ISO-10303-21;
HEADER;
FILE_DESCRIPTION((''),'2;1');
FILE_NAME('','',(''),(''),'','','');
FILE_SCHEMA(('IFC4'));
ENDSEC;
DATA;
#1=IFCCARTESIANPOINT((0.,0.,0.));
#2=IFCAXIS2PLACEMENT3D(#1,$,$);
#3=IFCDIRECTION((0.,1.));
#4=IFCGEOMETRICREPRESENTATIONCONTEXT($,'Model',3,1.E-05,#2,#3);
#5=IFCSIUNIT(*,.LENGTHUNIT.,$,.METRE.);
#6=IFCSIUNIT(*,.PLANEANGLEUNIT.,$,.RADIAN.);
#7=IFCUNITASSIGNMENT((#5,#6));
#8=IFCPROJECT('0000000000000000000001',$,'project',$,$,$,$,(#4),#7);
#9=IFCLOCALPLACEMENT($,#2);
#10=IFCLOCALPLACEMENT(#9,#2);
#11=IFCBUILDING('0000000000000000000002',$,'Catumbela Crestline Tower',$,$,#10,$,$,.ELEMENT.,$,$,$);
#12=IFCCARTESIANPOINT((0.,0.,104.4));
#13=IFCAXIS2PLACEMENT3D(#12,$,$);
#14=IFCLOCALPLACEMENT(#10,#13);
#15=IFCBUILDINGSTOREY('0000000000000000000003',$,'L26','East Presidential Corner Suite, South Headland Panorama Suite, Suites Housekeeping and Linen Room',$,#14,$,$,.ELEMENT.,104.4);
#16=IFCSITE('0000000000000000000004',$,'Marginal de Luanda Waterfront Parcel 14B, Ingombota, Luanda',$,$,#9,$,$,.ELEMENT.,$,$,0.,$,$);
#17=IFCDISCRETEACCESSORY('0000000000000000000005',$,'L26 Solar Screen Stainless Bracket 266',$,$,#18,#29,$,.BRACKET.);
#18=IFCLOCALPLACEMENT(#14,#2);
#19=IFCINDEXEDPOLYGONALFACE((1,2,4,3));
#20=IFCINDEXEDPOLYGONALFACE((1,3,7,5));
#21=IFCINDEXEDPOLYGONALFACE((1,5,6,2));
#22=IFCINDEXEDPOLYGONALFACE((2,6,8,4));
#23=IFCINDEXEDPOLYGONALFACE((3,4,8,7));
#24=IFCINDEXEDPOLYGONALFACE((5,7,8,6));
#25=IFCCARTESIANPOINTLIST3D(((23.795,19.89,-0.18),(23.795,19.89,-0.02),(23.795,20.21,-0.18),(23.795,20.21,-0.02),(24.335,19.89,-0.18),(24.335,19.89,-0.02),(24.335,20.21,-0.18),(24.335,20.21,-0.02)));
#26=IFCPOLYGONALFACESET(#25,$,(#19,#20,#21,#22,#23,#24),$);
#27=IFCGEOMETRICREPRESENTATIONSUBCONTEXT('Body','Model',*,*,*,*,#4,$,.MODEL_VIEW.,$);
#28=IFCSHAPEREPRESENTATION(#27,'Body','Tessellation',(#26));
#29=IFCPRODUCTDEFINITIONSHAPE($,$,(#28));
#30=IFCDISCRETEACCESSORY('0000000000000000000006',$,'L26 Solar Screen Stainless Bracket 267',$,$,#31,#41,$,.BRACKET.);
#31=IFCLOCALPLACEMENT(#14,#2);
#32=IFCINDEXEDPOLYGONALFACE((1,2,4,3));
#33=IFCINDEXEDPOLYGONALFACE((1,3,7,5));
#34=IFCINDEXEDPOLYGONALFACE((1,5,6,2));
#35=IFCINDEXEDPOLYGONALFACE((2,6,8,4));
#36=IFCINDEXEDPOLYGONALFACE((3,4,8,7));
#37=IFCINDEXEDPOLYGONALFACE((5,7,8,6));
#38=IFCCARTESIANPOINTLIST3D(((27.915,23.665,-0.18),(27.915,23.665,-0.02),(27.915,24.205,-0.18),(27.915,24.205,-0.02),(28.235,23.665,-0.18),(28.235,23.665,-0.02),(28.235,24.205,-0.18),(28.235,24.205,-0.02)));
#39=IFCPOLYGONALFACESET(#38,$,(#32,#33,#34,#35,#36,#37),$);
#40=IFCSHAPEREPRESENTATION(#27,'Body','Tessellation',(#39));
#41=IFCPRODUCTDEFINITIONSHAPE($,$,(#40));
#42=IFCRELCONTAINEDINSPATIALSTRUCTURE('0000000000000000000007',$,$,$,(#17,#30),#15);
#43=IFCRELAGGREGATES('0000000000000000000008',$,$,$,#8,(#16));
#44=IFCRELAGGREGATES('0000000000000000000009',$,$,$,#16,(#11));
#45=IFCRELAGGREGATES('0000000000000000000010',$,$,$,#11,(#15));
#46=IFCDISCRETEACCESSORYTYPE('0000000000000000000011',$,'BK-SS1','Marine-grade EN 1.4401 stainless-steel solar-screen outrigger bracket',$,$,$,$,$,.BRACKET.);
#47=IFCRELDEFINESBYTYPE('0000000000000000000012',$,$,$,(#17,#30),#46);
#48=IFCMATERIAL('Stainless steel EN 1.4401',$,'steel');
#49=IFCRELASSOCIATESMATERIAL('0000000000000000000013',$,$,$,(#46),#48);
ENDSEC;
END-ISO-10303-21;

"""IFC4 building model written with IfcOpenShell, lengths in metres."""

from ifc_helpers import new_model, si_unit, direction, frame, origin, origin_2d, place, context, subcontext, project, spatial, rectangle, extrude, material, type_object, element, save


model = new_model("IFC4")

# Units and contexts
model_context = context("Model", 3, precision=1e-05, world=origin(), true_north=direction((0.0, 1.0)))
body_context = subcontext(model_context, "Body", "Model", "MODEL_VIEW")
ifc_project = project(units=[si_unit("LENGTHUNIT", "METRE"), si_unit("PLANEANGLEUNIT", "RADIAN")], contexts=[model_context])

# Site, building, storey
site_placement = place(None, origin())
site = spatial("IfcSite", under=ifc_project, at=site_placement, Name="Marginal de Luanda Waterfront Parcel 14B, Ingombota, Luanda", CompositionType="ELEMENT", RefElevation=0.0)
building_placement = place(site_placement, origin())
building = spatial("IfcBuilding", under=site, at=building_placement, Name="Catumbela Crestline Tower", CompositionType="ELEMENT")
storey_placement = place(building_placement, frame((0.0, 0.0, 104.4)))
storey = spatial("IfcBuildingStorey", under=building, at=storey_placement, Name="L26", Description="East Presidential Corner Suite, South Headland Panorama Suite, Suites Housekeeping and Linen Room", CompositionType="ELEMENT", Elevation=104.4)

# Shared definitions
ifc_material_1 = material(Name="Stainless steel EN 1.4401", Category="steel")

# Discrete accessories
discrete_accessory_type = type_object("IfcDiscreteAccessoryType", Name="BK-SS1", Description="Marine-grade EN 1.4401 stainless-steel solar-screen outrigger bracket", PredefinedType="BRACKET", material=ifc_material_1)
for number, where, z_axis, x_axis, name in (
    (1, (24.065, 20.05, -0.18), (0.0, 0.0, 1.0), (0.0, 1.0, 0.0), "L26 Solar Screen Stainless Bracket 266"),
    (2, (28.075, 23.935, -0.18), (0.0, 0.0, 1.0), (1.0, 0.0, 0.0), "L26 Solar Screen Stainless Bracket 267"),
):
    element("IfcDiscreteAccessory", number, at=place(storey_placement, frame(where, z_axis=z_axis, x_axis=x_axis)), inside=storey, type_object=discrete_accessory_type, Name=name, PredefinedType="BRACKET", context=body_context, shape_type="SweptSolid", body=[
        extrude(rectangle(XDim=0.32, YDim=0.54, at=origin_2d()), origin(), (0.0, 0.0, 1.0), 0.16),
    ])

save(model, "model.ifc")
